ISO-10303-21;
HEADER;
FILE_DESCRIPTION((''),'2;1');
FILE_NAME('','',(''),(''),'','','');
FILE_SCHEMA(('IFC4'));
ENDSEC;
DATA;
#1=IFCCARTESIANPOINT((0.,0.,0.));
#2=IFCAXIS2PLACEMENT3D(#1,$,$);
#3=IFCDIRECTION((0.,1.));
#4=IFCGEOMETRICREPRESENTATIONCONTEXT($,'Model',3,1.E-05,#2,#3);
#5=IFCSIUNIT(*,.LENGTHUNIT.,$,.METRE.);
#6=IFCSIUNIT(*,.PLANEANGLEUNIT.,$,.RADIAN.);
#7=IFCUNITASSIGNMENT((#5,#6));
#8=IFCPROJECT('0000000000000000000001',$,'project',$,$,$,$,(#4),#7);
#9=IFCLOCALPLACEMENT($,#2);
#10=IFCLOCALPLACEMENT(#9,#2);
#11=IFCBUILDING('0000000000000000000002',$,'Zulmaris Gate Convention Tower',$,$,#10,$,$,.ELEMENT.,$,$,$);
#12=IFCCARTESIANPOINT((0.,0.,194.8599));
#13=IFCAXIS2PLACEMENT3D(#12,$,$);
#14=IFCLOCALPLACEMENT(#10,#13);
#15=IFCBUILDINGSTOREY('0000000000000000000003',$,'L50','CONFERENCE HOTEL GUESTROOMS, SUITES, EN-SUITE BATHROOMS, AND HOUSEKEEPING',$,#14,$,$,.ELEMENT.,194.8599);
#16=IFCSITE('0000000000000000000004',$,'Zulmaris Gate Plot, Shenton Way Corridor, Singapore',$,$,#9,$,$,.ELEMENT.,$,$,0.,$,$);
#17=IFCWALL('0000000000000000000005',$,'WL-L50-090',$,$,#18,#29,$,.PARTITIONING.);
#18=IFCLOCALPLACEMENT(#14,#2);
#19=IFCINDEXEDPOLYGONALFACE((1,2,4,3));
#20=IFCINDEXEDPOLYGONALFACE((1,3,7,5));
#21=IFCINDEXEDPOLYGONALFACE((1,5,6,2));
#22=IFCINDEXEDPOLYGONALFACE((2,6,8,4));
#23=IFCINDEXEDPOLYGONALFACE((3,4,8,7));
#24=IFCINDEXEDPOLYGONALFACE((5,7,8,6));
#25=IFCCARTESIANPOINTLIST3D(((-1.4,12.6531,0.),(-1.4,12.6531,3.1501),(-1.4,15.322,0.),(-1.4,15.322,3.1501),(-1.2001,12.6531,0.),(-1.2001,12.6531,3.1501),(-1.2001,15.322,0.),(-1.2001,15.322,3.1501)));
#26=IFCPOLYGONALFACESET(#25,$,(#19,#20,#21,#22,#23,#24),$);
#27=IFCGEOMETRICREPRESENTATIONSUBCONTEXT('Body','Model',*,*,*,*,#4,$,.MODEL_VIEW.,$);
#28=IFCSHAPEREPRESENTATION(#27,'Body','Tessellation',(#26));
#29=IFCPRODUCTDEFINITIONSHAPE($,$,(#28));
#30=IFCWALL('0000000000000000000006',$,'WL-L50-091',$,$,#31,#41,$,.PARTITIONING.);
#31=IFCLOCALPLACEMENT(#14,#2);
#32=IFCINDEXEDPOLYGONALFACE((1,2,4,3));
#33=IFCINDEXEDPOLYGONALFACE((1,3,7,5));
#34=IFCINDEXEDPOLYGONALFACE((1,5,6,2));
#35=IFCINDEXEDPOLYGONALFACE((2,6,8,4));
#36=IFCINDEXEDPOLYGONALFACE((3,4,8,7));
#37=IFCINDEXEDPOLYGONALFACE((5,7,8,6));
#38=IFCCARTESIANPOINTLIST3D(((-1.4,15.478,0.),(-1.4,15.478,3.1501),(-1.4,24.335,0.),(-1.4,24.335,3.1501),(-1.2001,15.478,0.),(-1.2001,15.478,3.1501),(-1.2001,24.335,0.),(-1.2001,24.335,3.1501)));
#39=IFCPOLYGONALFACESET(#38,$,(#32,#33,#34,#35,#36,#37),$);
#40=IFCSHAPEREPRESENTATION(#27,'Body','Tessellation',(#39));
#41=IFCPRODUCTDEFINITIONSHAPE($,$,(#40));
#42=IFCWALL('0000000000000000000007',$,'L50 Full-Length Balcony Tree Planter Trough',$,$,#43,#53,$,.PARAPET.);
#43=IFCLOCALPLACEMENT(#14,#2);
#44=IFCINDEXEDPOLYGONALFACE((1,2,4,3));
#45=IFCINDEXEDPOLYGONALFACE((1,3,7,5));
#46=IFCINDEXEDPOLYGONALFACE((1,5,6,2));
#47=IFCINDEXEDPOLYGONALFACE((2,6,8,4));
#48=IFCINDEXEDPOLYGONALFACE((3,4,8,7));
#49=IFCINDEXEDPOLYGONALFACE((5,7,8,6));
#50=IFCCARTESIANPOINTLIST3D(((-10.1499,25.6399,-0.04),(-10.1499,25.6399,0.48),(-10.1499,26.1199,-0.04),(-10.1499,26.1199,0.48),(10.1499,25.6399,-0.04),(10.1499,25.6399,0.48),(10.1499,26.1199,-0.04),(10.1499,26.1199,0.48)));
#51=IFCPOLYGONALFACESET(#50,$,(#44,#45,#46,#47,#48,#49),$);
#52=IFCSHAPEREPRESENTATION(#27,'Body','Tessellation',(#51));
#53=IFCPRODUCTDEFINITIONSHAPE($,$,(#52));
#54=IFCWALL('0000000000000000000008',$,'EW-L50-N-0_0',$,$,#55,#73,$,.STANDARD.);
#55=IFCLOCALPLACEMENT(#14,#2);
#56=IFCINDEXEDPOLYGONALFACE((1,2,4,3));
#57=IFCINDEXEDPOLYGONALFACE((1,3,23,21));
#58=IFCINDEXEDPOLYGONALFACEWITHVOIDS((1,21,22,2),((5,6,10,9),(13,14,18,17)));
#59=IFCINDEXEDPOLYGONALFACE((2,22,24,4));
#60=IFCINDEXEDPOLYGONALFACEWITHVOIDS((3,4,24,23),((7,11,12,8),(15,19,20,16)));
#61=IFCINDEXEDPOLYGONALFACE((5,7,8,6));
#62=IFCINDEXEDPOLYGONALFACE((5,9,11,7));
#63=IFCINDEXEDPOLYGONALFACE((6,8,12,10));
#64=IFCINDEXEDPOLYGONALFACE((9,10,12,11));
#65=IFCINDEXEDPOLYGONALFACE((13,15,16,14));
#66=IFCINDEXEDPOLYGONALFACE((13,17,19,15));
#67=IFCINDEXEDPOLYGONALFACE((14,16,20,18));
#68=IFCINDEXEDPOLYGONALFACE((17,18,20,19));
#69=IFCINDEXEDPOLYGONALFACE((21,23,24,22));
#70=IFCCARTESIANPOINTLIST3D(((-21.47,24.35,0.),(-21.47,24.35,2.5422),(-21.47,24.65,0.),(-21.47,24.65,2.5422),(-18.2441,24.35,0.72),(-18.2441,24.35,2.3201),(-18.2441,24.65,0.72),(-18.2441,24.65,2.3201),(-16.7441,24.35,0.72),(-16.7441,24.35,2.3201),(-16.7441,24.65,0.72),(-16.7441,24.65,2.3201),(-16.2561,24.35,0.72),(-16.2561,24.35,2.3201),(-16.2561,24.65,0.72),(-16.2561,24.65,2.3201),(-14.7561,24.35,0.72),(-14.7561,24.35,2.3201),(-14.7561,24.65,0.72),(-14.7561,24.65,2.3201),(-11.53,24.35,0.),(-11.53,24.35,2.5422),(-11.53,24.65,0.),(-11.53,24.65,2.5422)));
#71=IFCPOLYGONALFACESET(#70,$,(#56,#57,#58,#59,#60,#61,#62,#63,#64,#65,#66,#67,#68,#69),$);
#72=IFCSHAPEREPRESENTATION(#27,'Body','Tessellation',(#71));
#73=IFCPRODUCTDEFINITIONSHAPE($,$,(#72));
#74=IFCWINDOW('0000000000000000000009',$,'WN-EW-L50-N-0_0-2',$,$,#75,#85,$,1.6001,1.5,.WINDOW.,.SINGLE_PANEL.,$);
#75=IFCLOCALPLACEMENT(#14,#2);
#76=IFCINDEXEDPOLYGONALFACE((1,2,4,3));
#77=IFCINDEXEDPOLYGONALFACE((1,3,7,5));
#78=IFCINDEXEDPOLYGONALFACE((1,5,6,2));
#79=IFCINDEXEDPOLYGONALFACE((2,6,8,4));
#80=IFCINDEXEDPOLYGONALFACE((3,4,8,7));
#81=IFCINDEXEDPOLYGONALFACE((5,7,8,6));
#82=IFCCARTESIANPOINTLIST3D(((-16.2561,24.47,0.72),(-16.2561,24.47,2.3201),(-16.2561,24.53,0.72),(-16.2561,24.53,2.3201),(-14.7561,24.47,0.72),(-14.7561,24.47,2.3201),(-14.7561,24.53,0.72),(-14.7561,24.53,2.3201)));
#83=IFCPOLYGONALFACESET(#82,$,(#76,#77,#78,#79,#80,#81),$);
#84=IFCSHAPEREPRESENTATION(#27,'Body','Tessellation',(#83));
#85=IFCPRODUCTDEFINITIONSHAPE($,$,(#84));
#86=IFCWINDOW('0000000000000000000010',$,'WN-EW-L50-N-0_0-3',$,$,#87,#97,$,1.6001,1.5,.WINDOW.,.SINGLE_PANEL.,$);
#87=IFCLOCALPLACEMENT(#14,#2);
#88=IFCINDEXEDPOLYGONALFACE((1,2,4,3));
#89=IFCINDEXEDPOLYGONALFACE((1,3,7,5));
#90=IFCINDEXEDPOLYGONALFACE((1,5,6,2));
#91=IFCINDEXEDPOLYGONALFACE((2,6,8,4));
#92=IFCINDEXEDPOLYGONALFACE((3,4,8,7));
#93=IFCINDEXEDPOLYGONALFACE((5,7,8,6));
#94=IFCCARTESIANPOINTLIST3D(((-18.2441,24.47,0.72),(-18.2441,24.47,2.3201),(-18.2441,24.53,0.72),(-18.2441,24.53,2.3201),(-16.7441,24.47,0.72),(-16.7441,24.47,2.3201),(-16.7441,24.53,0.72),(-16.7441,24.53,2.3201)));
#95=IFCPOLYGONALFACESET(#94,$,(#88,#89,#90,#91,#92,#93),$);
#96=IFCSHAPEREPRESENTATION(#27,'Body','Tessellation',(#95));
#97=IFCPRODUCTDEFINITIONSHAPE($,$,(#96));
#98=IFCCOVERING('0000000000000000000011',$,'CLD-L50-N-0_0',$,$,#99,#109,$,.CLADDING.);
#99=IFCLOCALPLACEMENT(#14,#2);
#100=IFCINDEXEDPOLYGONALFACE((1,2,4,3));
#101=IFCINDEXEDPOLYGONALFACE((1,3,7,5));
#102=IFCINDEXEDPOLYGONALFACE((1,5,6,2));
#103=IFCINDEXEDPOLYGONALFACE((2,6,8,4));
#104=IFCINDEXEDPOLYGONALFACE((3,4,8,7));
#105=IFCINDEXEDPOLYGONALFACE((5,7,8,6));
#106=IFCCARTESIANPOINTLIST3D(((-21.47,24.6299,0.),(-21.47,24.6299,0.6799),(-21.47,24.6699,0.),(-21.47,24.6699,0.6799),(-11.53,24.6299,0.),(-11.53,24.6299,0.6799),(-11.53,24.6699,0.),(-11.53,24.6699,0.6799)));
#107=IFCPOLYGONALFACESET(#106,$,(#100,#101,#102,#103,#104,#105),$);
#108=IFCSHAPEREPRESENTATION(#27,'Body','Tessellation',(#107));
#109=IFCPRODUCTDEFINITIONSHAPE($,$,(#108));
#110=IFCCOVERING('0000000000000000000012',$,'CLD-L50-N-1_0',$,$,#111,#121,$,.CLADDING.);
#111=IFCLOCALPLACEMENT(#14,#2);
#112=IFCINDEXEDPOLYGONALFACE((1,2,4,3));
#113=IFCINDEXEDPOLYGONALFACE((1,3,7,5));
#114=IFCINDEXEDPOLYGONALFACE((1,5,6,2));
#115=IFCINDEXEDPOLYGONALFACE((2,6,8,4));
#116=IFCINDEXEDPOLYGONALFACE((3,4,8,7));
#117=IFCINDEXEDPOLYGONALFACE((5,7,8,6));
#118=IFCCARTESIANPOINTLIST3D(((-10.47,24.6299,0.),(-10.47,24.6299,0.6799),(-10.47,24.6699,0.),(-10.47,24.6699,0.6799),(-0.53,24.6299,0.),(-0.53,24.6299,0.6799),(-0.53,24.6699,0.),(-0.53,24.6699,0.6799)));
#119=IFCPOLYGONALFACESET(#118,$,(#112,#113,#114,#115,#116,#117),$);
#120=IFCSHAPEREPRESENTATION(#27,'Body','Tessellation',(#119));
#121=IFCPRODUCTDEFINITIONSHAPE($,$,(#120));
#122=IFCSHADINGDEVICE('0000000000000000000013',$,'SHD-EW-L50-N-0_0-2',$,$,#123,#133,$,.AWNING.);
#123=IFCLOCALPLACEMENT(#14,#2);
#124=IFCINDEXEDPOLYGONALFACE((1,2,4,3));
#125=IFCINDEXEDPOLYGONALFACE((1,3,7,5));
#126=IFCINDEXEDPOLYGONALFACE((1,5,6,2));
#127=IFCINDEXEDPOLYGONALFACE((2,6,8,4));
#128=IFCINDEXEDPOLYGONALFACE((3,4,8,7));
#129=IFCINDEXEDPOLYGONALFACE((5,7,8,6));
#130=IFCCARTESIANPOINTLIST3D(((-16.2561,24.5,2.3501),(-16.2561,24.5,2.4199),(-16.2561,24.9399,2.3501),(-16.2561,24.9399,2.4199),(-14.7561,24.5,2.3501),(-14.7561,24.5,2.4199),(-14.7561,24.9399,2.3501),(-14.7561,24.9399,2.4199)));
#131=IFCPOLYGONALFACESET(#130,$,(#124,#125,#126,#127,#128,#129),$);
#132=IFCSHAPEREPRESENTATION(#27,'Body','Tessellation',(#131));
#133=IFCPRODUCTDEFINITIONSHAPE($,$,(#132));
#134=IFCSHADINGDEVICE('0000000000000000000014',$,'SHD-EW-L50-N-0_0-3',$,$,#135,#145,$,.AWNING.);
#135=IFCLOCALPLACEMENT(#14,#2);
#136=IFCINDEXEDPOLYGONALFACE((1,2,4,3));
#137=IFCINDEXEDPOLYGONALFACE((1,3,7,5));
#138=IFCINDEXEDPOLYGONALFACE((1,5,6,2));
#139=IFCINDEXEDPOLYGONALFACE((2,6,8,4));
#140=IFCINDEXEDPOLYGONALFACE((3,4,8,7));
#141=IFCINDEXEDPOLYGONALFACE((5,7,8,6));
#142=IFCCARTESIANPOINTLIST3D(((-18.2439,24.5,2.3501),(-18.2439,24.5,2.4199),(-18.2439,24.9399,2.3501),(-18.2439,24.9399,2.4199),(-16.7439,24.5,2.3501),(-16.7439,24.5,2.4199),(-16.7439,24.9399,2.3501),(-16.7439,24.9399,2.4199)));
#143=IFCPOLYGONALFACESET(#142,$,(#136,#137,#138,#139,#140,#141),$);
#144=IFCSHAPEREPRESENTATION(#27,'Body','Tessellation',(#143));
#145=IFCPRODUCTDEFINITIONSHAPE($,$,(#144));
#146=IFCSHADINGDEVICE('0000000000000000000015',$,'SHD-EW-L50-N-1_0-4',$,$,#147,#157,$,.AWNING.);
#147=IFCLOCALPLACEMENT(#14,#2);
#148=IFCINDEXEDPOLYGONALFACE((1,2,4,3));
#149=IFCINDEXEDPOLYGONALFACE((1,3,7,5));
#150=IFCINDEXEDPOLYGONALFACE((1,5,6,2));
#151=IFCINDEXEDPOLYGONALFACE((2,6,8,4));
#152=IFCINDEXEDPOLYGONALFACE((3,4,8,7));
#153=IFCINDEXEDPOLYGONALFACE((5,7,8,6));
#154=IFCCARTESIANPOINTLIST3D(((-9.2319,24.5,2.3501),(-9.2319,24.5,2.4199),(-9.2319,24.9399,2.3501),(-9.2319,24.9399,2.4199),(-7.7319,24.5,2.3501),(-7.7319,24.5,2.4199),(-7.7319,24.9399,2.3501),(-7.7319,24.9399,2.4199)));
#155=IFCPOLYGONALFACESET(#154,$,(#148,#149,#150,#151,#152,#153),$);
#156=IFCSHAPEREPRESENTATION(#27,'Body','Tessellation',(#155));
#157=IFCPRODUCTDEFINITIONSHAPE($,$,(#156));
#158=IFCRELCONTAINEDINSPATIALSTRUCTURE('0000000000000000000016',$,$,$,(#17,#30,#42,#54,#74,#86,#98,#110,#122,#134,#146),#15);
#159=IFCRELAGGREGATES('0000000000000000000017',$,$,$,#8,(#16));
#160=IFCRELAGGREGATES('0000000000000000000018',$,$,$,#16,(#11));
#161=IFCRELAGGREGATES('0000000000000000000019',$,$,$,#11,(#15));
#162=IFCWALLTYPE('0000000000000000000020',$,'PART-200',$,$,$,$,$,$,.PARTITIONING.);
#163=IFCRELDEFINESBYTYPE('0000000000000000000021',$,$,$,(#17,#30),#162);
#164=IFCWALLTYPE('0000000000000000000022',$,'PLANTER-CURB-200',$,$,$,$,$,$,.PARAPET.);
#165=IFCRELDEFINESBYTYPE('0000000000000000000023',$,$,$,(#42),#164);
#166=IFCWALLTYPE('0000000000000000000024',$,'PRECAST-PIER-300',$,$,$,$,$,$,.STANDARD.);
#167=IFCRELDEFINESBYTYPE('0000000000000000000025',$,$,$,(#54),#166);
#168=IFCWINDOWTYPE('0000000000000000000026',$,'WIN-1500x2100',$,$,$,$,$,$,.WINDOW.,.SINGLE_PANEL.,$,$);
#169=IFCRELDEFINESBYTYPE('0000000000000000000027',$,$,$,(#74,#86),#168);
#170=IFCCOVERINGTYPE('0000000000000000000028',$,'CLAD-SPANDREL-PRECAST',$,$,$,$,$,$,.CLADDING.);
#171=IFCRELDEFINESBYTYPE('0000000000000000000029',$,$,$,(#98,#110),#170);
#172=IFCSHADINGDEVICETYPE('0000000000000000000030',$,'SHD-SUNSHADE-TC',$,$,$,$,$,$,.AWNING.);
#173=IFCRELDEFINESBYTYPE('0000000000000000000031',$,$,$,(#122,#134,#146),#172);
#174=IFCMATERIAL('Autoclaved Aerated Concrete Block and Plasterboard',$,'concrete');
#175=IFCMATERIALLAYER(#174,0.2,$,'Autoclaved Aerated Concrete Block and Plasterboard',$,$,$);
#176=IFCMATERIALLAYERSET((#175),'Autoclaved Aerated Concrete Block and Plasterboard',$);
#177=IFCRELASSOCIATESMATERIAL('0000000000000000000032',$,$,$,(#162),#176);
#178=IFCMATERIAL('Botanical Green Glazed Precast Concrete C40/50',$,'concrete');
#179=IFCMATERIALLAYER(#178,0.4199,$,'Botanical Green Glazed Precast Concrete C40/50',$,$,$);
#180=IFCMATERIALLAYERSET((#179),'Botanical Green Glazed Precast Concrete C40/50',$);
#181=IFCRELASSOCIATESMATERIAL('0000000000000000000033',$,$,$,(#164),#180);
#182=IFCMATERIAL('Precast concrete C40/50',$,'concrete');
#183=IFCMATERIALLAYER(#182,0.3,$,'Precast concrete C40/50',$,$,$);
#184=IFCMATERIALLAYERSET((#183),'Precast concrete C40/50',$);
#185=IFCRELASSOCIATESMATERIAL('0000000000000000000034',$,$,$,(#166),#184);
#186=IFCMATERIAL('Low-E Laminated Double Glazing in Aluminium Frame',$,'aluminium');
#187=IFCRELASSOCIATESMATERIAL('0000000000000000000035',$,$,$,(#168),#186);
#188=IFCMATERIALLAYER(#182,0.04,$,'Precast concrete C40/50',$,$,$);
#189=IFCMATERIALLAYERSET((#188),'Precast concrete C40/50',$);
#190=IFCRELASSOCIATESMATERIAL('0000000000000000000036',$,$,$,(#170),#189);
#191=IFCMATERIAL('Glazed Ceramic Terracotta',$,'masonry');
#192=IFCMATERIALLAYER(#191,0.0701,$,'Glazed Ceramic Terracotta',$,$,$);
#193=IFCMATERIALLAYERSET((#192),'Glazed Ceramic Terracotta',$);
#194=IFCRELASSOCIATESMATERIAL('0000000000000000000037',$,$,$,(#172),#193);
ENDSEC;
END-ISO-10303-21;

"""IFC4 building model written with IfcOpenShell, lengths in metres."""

from ifc_helpers import new_model, si_unit, direction, frame, frame_2d, origin, place, context, subcontext, project, spatial, rectangle, extrude, material, layer, layer_set, type_object, element, fill, save


model = new_model("IFC4")

# Units and contexts
model_context = context("Model", 3, precision=1e-05, world=origin(), true_north=direction((0.0, 1.0)))
body_context = subcontext(model_context, "Body", "Model", "MODEL_VIEW")
ifc_project = project(units=[si_unit("LENGTHUNIT", "METRE"), si_unit("PLANEANGLEUNIT", "RADIAN")], contexts=[model_context])

# Site, building, storey
site_placement = place(None, origin())
site = spatial("IfcSite", under=ifc_project, at=site_placement, Name="Zulmaris Gate Plot, Shenton Way Corridor, Singapore", CompositionType="ELEMENT", RefElevation=0.0)
building_placement = place(site_placement, origin())
building = spatial("IfcBuilding", under=site, at=building_placement, Name="Zulmaris Gate Convention Tower", CompositionType="ELEMENT")
storey_placement = place(building_placement, frame((0.0, 0.0, 194.8599)))
storey = spatial("IfcBuildingStorey", under=building, at=storey_placement, Name="L50", Description="CONFERENCE HOTEL GUESTROOMS, SUITES, EN-SUITE BATHROOMS, AND HOUSEKEEPING", CompositionType="ELEMENT", Elevation=194.8599)

# Walls
ifc_material_1 = material(Name="Autoclaved Aerated Concrete Block and Plasterboard", Category="concrete")
ifc_layer_1 = layer(ifc_material_1, 0.2, Name="Autoclaved Aerated Concrete Block and Plasterboard")
ifc_layer_set_1 = layer_set([ifc_layer_1], Name="Autoclaved Aerated Concrete Block and Plasterboard")
wall_type_1 = type_object("IfcWallType", Name="PART-200", PredefinedType="PARTITIONING", material=ifc_layer_set_1)
wall_1_placement = place(storey_placement, frame((-1.3, 12.6531, 0.0), z_axis=(0.0, 0.0, 1.0), x_axis=(0.0, 1.0, 0.0)))
element("IfcWall", 1, at=wall_1_placement, inside=storey, type_object=wall_type_1, Name="WL-L50-090", PredefinedType="PARTITIONING", context=body_context, shape_type="SweptSolid", body=[
    extrude(rectangle(XDim=2.6689, YDim=0.2, at=frame_2d((1.3345, 0.0))), origin(), (0.0, 0.0, 1.0), 3.1501),
])
wall_2_placement = place(storey_placement, frame((-1.3, 15.478, 0.0), z_axis=(0.0, 0.0, 1.0), x_axis=(0.0, 1.0, 0.0)))
element("IfcWall", 2, at=wall_2_placement, inside=storey, type_object=wall_type_1, Name="WL-L50-091", PredefinedType="PARTITIONING", context=body_context, shape_type="SweptSolid", body=[
    extrude(rectangle(XDim=8.8569, YDim=0.2, at=frame_2d((4.4285, 0.0))), origin(), (0.0, 0.0, 1.0), 3.1501),
])
ifc_material_2 = material(Name="Botanical Green Glazed Precast Concrete C40/50", Category="concrete")
ifc_layer_2 = layer(ifc_material_2, 0.4199, Name="Botanical Green Glazed Precast Concrete C40/50")
ifc_layer_set_2 = layer_set([ifc_layer_2], Name="Botanical Green Glazed Precast Concrete C40/50")
wall_type_2 = type_object("IfcWallType", Name="PLANTER-CURB-200", PredefinedType="PARAPET", material=ifc_layer_set_2)
wall_3_placement = place(storey_placement, frame((-10.1499, 25.8799, -0.04), z_axis=(0.0, 0.0, 1.0), x_axis=(1.0, 0.0, 0.0)))
element("IfcWall", 3, at=wall_3_placement, inside=storey, type_object=wall_type_2, Name="L50 Full-Length Balcony Tree Planter Trough", PredefinedType="PARAPET", context=body_context, shape_type="SweptSolid", body=[
    extrude(rectangle(XDim=20.2998, YDim=0.48, at=frame_2d((10.1499, 0.0))), origin(), (0.0, 0.0, 1.0), 0.52),
])

# Wall, openings, windows
ifc_material_3 = material(Name="Precast concrete C40/50", Category="concrete")
ifc_layer_3 = layer(ifc_material_3, 0.3, Name="Precast concrete C40/50")
ifc_layer_set_3 = layer_set([ifc_layer_3], Name="Precast concrete C40/50")
wall_type_3 = type_object("IfcWallType", Name="PRECAST-PIER-300", PredefinedType="STANDARD", material=ifc_layer_set_3)
wall_4_placement = place(storey_placement, frame((-11.53, 24.5, 0.0), z_axis=(0.0, 0.0, 1.0), x_axis=(-1.0, 0.0, 0.0)))
wall_4 = element("IfcWall", 4, at=wall_4_placement, inside=storey, type_object=wall_type_3, Name="EW-L50-N-0_0", PredefinedType="STANDARD", context=body_context, shape_type="SweptSolid", body=[
    extrude(rectangle(XDim=9.9399, YDim=0.3, at=frame_2d((4.97, 0.0))), origin(), (0.0, 0.0, 1.0), 2.5422),
])
opening_1_placement = place(wall_4_placement, frame((3.2261, 0.0, 0.72)))
opening_1 = element("IfcOpeningElement", 5, at=opening_1_placement, cuts=wall_4, PredefinedType="OPENING", context=body_context, shape_type="SweptSolid", body=[
    extrude(rectangle(XDim=1.5, YDim=1.6001, at=frame_2d((0.75, 0.8))), frame((0.0, 0.1602, 0.0), z_axis=(0.0, -1.0, 0.0), x_axis=(1.0, 0.0, 0.0)), (0.0, 0.0, 1.0), 0.3201),
])
opening_2_placement = place(wall_4_placement, frame((5.2141, 0.0, 0.72)))
opening_2 = element("IfcOpeningElement", 6, at=opening_2_placement, cuts=wall_4, PredefinedType="OPENING", context=body_context, shape_type="SweptSolid", body=[
    extrude(rectangle(XDim=1.5, YDim=1.6001, at=frame_2d((0.75, 0.8))), frame((0.0, 0.1602, 0.0), z_axis=(0.0, -1.0, 0.0), x_axis=(1.0, 0.0, 0.0)), (0.0, 0.0, 1.0), 0.3201),
])
ifc_material_4 = material(Name="Low-E Laminated Double Glazing in Aluminium Frame", Category="aluminium")
window_type = type_object("IfcWindowType", Name="WIN-1500x2100", PartitioningType="SINGLE_PANEL", PredefinedType="WINDOW", material=ifc_material_4)
window_1_placement = place(opening_1_placement, origin())
window_1 = element("IfcWindow", 7, at=window_1_placement, inside=storey, type_object=window_type, Name="WN-EW-L50-N-0_0-2", OverallHeight=1.6001, OverallWidth=1.5, PartitioningType="SINGLE_PANEL", PredefinedType="WINDOW", context=body_context, shape_type="SweptSolid", body=[
    extrude(rectangle(XDim=1.5, YDim=1.6001, at=frame_2d((0.75, 0.8))), frame((0.0, 0.03, 0.0), z_axis=(0.0, -1.0, 0.0), x_axis=(1.0, 0.0, 0.0)), (0.0, 0.0, 1.0), 0.0601),
])
fill(opening_1, window_1)
window_2_placement = place(opening_2_placement, origin())
window_2 = element("IfcWindow", 8, at=window_2_placement, inside=storey, type_object=window_type, Name="WN-EW-L50-N-0_0-3", OverallHeight=1.6001, OverallWidth=1.5, PartitioningType="SINGLE_PANEL", PredefinedType="WINDOW", context=body_context, shape_type="SweptSolid", body=[
    extrude(rectangle(XDim=1.5, YDim=1.6001, at=frame_2d((0.75, 0.8))), frame((0.0, 0.03, 0.0), z_axis=(0.0, -1.0, 0.0), x_axis=(1.0, 0.0, 0.0)), (0.0, 0.0, 1.0), 0.0601),
])
fill(opening_2, window_2)

# Coverings
ifc_layer_4 = layer(ifc_material_3, 0.04, Name="Precast concrete C40/50")
ifc_layer_set_4 = layer_set([ifc_layer_4], Name="Precast concrete C40/50")
covering_type = type_object("IfcCoveringType", Name="CLAD-SPANDREL-PRECAST", PredefinedType="CLADDING", material=ifc_layer_set_4)
for number, where, z_axis, x_axis, name in (
    (9, (-11.53, 24.6499, 0.0), (0.0, 0.0, 1.0), (-1.0, 0.0, 0.0), "CLD-L50-N-0_0"),
    (10, (-0.53, 24.6499, 0.0), (0.0, 0.0, 1.0), (-1.0, 0.0, 0.0), "CLD-L50-N-1_0"),
):
    element("IfcCovering", number, at=place(storey_placement, frame(where, z_axis=z_axis, x_axis=x_axis)), inside=storey, type_object=covering_type, Name=name, PredefinedType="CLADDING", context=body_context, shape_type="SweptSolid", body=[
        extrude(rectangle(XDim=9.9399, YDim=0.04, at=frame_2d((4.97, 0.0))), origin(), (0.0, 0.0, 1.0), 0.6799),
    ])

# Shading devices
ifc_material_5 = material(Name="Glazed Ceramic Terracotta", Category="masonry")
ifc_layer_5 = layer(ifc_material_5, 0.0701, Name="Glazed Ceramic Terracotta")
ifc_layer_set_5 = layer_set([ifc_layer_5], Name="Glazed Ceramic Terracotta")
shading_device_type = type_object("IfcShadingDeviceType", Name="SHD-SUNSHADE-TC", PredefinedType="AWNING", material=ifc_layer_set_5)
for number, where, z_axis, x_axis, name in (
    (11, (-14.7561, 24.72, 2.3501), (0.0, 0.0, 1.0), (-1.0, 0.0, 0.0), "SHD-EW-L50-N-0_0-2"),
    (12, (-16.7439, 24.72, 2.3501), (0.0, 0.0, 1.0), (-1.0, 0.0, 0.0), "SHD-EW-L50-N-0_0-3"),
    (13, (-7.7319, 24.72, 2.3501), (0.0, 0.0, 1.0), (-1.0, 0.0, 0.0), "SHD-EW-L50-N-1_0-4"),
):
    element("IfcShadingDevice", number, at=place(storey_placement, frame(where, z_axis=z_axis, x_axis=x_axis)), inside=storey, type_object=shading_device_type, Name=name, PredefinedType="AWNING", context=body_context, shape_type="SweptSolid", body=[
        extrude(rectangle(XDim=1.5, YDim=0.4399, at=frame_2d((0.75, 0.0))), origin(), (0.0, 0.0, 1.0), 0.0698),
    ])

save(model, "model.ifc")
